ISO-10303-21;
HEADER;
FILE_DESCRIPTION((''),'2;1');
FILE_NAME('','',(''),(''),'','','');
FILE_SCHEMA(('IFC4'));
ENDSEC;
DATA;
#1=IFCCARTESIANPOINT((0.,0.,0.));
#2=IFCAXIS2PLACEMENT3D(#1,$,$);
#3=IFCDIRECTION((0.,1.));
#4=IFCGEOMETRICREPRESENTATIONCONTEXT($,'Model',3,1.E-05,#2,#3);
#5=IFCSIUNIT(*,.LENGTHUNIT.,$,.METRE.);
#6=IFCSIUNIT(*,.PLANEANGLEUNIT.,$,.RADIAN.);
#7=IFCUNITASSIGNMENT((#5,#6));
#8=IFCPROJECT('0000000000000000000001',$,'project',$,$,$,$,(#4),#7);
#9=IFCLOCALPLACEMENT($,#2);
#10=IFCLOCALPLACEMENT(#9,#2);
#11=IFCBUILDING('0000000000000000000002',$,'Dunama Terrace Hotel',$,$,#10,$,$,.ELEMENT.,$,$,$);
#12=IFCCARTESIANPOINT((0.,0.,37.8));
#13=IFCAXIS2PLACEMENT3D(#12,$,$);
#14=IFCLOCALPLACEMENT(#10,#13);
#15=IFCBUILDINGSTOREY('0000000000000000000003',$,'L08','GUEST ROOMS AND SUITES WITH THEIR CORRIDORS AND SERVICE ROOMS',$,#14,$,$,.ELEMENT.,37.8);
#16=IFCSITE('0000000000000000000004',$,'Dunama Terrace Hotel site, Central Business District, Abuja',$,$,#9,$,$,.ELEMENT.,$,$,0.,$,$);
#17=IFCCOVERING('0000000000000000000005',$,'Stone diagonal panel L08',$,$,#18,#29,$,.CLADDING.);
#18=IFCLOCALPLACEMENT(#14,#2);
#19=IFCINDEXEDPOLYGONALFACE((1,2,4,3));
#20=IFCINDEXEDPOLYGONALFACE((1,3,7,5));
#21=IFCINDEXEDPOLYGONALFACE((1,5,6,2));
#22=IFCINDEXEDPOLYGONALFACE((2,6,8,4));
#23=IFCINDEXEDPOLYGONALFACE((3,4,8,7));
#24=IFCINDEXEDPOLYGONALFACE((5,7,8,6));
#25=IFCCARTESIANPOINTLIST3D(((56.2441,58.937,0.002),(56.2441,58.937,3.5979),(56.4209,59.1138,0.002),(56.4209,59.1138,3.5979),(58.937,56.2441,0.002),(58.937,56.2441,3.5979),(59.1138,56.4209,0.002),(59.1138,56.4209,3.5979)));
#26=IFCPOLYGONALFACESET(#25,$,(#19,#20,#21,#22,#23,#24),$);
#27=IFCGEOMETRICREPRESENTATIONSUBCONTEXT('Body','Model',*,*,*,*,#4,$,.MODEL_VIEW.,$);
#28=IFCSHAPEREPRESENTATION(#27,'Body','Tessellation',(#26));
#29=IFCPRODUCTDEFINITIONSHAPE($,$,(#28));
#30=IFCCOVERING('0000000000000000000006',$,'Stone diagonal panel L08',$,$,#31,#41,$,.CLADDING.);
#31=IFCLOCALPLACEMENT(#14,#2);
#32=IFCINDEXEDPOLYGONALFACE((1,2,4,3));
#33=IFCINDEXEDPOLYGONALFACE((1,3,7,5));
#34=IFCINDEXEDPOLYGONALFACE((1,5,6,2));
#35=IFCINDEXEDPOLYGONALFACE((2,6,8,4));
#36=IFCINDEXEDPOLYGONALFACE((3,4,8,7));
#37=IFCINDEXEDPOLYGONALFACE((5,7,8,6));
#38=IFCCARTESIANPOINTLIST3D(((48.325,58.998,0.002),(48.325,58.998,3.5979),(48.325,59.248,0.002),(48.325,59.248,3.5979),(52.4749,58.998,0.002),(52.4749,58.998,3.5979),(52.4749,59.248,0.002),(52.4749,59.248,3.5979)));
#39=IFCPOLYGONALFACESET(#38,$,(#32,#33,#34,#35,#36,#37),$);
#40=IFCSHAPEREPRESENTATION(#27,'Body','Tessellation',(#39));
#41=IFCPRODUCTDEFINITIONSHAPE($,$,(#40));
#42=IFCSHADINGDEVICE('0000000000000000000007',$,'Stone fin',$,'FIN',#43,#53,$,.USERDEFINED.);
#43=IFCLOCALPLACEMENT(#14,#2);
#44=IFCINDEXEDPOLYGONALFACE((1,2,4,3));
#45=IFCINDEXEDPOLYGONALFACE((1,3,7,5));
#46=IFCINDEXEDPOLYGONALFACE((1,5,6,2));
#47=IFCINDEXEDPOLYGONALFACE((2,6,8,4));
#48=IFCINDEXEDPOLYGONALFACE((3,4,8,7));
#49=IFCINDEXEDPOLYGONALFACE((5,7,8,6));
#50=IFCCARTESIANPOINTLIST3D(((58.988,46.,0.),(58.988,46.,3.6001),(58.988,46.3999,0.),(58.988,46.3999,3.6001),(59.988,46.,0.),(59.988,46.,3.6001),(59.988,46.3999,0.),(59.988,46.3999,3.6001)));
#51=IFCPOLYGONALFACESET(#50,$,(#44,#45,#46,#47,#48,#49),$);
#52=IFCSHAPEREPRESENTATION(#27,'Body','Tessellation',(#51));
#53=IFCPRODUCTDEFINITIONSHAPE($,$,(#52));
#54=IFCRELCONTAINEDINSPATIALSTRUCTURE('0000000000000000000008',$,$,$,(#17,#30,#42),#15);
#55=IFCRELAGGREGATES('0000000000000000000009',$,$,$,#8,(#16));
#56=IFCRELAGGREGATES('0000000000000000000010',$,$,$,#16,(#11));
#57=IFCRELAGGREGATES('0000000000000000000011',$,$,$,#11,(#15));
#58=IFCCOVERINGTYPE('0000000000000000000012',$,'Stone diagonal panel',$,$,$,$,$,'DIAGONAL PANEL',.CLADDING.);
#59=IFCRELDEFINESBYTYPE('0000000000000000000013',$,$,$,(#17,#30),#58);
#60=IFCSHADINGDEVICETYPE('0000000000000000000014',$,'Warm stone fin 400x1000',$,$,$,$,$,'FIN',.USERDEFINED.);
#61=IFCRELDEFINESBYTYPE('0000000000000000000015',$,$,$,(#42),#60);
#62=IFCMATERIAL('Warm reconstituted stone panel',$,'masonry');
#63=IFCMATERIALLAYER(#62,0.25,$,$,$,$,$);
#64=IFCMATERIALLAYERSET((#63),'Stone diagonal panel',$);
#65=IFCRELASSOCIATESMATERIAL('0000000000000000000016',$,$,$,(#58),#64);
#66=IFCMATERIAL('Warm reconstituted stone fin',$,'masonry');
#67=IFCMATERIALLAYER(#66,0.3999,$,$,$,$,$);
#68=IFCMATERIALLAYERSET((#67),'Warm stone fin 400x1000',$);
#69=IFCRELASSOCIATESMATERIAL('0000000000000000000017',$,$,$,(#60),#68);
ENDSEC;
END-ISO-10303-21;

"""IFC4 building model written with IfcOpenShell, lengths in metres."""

from ifc_helpers import new_model, si_unit, direction, frame, origin, origin_2d, place, context, subcontext, project, spatial, rectangle, extrude, material, layer, layer_set, type_object, element, save


model = new_model("IFC4")

# Units and contexts
model_context = context("Model", 3, precision=1e-05, world=origin(), true_north=direction((0.0, 1.0)))
body_context = subcontext(model_context, "Body", "Model", "MODEL_VIEW")
ifc_project = project(units=[si_unit("LENGTHUNIT", "METRE"), si_unit("PLANEANGLEUNIT", "RADIAN")], contexts=[model_context])

# Site, building, storey
site_placement = place(None, origin())
site = spatial("IfcSite", under=ifc_project, at=site_placement, Name="Dunama Terrace Hotel site, Central Business District, Abuja", CompositionType="ELEMENT", RefElevation=0.0)
building_placement = place(site_placement, origin())
building = spatial("IfcBuilding", under=site, at=building_placement, Name="Dunama Terrace Hotel", CompositionType="ELEMENT")
storey_placement = place(building_placement, frame((0.0, 0.0, 37.8)))
storey = spatial("IfcBuildingStorey", under=building, at=storey_placement, Name="L08", Description="GUEST ROOMS AND SUITES WITH THEIR CORRIDORS AND SERVICE ROOMS", CompositionType="ELEMENT", Elevation=37.8)

# Coverings
ifc_material_1 = material(Name="Warm reconstituted stone panel", Category="masonry")
ifc_layer_1 = layer(ifc_material_1, 0.25)
ifc_layer_set_1 = layer_set([ifc_layer_1], Name="Stone diagonal panel")
covering_type = type_object("IfcCoveringType", Name="Stone diagonal panel", ElementType="DIAGONAL PANEL", PredefinedType="CLADDING", material=ifc_layer_set_1)
covering_1_placement = place(storey_placement, frame((57.679, 57.679, 0.002), z_axis=(0.0, 0.0, 1.0), x_axis=(-0.707107, 0.707107, 0.0)))
element("IfcCovering", 1, at=covering_1_placement, inside=storey, type_object=covering_type, Name="Stone diagonal panel L08", PredefinedType="CLADDING", context=body_context, shape_type="SweptSolid", body=[
    extrude(rectangle(XDim=3.8083, YDim=0.25, at=origin_2d()), origin(), (0.0, 0.0, 1.0), 3.5959),
])
covering_2_placement = place(storey_placement, frame((50.3999, 59.123, 0.002), z_axis=(0.0, 0.0, 1.0), x_axis=(-1.0, 0.0, 0.0)))
element("IfcCovering", 2, at=covering_2_placement, inside=storey, type_object=covering_type, Name="Stone diagonal panel L08", PredefinedType="CLADDING", context=body_context, shape_type="SweptSolid", body=[
    extrude(rectangle(XDim=4.1499, YDim=0.25, at=origin_2d()), origin(), (0.0, 0.0, 1.0), 3.5959),
])

# Shading device
ifc_material_2 = material(Name="Warm reconstituted stone fin", Category="masonry")
ifc_layer_2 = layer(ifc_material_2, 0.3999)
ifc_layer_set_2 = layer_set([ifc_layer_2], Name="Warm stone fin 400x1000")
shading_device_type = type_object("IfcShadingDeviceType", Name="Warm stone fin 400x1000", ElementType="FIN", PredefinedType="USERDEFINED", material=ifc_layer_set_2)
shading_device_placement = place(storey_placement, frame((59.488, 46.2, 0.0), z_axis=(0.0, 0.0, 1.0), x_axis=(0.0, 1.0, 0.0)))
element("IfcShadingDevice", 3, at=shading_device_placement, inside=storey, type_object=shading_device_type, Name="Stone fin", ObjectType="FIN", PredefinedType="USERDEFINED", context=body_context, shape_type="SweptSolid", body=[
    extrude(rectangle(XDim=0.3999, YDim=1.0, at=origin_2d()), origin(), (0.0, 0.0, 1.0), 3.6001),
])

save(model, "model.ifc")
